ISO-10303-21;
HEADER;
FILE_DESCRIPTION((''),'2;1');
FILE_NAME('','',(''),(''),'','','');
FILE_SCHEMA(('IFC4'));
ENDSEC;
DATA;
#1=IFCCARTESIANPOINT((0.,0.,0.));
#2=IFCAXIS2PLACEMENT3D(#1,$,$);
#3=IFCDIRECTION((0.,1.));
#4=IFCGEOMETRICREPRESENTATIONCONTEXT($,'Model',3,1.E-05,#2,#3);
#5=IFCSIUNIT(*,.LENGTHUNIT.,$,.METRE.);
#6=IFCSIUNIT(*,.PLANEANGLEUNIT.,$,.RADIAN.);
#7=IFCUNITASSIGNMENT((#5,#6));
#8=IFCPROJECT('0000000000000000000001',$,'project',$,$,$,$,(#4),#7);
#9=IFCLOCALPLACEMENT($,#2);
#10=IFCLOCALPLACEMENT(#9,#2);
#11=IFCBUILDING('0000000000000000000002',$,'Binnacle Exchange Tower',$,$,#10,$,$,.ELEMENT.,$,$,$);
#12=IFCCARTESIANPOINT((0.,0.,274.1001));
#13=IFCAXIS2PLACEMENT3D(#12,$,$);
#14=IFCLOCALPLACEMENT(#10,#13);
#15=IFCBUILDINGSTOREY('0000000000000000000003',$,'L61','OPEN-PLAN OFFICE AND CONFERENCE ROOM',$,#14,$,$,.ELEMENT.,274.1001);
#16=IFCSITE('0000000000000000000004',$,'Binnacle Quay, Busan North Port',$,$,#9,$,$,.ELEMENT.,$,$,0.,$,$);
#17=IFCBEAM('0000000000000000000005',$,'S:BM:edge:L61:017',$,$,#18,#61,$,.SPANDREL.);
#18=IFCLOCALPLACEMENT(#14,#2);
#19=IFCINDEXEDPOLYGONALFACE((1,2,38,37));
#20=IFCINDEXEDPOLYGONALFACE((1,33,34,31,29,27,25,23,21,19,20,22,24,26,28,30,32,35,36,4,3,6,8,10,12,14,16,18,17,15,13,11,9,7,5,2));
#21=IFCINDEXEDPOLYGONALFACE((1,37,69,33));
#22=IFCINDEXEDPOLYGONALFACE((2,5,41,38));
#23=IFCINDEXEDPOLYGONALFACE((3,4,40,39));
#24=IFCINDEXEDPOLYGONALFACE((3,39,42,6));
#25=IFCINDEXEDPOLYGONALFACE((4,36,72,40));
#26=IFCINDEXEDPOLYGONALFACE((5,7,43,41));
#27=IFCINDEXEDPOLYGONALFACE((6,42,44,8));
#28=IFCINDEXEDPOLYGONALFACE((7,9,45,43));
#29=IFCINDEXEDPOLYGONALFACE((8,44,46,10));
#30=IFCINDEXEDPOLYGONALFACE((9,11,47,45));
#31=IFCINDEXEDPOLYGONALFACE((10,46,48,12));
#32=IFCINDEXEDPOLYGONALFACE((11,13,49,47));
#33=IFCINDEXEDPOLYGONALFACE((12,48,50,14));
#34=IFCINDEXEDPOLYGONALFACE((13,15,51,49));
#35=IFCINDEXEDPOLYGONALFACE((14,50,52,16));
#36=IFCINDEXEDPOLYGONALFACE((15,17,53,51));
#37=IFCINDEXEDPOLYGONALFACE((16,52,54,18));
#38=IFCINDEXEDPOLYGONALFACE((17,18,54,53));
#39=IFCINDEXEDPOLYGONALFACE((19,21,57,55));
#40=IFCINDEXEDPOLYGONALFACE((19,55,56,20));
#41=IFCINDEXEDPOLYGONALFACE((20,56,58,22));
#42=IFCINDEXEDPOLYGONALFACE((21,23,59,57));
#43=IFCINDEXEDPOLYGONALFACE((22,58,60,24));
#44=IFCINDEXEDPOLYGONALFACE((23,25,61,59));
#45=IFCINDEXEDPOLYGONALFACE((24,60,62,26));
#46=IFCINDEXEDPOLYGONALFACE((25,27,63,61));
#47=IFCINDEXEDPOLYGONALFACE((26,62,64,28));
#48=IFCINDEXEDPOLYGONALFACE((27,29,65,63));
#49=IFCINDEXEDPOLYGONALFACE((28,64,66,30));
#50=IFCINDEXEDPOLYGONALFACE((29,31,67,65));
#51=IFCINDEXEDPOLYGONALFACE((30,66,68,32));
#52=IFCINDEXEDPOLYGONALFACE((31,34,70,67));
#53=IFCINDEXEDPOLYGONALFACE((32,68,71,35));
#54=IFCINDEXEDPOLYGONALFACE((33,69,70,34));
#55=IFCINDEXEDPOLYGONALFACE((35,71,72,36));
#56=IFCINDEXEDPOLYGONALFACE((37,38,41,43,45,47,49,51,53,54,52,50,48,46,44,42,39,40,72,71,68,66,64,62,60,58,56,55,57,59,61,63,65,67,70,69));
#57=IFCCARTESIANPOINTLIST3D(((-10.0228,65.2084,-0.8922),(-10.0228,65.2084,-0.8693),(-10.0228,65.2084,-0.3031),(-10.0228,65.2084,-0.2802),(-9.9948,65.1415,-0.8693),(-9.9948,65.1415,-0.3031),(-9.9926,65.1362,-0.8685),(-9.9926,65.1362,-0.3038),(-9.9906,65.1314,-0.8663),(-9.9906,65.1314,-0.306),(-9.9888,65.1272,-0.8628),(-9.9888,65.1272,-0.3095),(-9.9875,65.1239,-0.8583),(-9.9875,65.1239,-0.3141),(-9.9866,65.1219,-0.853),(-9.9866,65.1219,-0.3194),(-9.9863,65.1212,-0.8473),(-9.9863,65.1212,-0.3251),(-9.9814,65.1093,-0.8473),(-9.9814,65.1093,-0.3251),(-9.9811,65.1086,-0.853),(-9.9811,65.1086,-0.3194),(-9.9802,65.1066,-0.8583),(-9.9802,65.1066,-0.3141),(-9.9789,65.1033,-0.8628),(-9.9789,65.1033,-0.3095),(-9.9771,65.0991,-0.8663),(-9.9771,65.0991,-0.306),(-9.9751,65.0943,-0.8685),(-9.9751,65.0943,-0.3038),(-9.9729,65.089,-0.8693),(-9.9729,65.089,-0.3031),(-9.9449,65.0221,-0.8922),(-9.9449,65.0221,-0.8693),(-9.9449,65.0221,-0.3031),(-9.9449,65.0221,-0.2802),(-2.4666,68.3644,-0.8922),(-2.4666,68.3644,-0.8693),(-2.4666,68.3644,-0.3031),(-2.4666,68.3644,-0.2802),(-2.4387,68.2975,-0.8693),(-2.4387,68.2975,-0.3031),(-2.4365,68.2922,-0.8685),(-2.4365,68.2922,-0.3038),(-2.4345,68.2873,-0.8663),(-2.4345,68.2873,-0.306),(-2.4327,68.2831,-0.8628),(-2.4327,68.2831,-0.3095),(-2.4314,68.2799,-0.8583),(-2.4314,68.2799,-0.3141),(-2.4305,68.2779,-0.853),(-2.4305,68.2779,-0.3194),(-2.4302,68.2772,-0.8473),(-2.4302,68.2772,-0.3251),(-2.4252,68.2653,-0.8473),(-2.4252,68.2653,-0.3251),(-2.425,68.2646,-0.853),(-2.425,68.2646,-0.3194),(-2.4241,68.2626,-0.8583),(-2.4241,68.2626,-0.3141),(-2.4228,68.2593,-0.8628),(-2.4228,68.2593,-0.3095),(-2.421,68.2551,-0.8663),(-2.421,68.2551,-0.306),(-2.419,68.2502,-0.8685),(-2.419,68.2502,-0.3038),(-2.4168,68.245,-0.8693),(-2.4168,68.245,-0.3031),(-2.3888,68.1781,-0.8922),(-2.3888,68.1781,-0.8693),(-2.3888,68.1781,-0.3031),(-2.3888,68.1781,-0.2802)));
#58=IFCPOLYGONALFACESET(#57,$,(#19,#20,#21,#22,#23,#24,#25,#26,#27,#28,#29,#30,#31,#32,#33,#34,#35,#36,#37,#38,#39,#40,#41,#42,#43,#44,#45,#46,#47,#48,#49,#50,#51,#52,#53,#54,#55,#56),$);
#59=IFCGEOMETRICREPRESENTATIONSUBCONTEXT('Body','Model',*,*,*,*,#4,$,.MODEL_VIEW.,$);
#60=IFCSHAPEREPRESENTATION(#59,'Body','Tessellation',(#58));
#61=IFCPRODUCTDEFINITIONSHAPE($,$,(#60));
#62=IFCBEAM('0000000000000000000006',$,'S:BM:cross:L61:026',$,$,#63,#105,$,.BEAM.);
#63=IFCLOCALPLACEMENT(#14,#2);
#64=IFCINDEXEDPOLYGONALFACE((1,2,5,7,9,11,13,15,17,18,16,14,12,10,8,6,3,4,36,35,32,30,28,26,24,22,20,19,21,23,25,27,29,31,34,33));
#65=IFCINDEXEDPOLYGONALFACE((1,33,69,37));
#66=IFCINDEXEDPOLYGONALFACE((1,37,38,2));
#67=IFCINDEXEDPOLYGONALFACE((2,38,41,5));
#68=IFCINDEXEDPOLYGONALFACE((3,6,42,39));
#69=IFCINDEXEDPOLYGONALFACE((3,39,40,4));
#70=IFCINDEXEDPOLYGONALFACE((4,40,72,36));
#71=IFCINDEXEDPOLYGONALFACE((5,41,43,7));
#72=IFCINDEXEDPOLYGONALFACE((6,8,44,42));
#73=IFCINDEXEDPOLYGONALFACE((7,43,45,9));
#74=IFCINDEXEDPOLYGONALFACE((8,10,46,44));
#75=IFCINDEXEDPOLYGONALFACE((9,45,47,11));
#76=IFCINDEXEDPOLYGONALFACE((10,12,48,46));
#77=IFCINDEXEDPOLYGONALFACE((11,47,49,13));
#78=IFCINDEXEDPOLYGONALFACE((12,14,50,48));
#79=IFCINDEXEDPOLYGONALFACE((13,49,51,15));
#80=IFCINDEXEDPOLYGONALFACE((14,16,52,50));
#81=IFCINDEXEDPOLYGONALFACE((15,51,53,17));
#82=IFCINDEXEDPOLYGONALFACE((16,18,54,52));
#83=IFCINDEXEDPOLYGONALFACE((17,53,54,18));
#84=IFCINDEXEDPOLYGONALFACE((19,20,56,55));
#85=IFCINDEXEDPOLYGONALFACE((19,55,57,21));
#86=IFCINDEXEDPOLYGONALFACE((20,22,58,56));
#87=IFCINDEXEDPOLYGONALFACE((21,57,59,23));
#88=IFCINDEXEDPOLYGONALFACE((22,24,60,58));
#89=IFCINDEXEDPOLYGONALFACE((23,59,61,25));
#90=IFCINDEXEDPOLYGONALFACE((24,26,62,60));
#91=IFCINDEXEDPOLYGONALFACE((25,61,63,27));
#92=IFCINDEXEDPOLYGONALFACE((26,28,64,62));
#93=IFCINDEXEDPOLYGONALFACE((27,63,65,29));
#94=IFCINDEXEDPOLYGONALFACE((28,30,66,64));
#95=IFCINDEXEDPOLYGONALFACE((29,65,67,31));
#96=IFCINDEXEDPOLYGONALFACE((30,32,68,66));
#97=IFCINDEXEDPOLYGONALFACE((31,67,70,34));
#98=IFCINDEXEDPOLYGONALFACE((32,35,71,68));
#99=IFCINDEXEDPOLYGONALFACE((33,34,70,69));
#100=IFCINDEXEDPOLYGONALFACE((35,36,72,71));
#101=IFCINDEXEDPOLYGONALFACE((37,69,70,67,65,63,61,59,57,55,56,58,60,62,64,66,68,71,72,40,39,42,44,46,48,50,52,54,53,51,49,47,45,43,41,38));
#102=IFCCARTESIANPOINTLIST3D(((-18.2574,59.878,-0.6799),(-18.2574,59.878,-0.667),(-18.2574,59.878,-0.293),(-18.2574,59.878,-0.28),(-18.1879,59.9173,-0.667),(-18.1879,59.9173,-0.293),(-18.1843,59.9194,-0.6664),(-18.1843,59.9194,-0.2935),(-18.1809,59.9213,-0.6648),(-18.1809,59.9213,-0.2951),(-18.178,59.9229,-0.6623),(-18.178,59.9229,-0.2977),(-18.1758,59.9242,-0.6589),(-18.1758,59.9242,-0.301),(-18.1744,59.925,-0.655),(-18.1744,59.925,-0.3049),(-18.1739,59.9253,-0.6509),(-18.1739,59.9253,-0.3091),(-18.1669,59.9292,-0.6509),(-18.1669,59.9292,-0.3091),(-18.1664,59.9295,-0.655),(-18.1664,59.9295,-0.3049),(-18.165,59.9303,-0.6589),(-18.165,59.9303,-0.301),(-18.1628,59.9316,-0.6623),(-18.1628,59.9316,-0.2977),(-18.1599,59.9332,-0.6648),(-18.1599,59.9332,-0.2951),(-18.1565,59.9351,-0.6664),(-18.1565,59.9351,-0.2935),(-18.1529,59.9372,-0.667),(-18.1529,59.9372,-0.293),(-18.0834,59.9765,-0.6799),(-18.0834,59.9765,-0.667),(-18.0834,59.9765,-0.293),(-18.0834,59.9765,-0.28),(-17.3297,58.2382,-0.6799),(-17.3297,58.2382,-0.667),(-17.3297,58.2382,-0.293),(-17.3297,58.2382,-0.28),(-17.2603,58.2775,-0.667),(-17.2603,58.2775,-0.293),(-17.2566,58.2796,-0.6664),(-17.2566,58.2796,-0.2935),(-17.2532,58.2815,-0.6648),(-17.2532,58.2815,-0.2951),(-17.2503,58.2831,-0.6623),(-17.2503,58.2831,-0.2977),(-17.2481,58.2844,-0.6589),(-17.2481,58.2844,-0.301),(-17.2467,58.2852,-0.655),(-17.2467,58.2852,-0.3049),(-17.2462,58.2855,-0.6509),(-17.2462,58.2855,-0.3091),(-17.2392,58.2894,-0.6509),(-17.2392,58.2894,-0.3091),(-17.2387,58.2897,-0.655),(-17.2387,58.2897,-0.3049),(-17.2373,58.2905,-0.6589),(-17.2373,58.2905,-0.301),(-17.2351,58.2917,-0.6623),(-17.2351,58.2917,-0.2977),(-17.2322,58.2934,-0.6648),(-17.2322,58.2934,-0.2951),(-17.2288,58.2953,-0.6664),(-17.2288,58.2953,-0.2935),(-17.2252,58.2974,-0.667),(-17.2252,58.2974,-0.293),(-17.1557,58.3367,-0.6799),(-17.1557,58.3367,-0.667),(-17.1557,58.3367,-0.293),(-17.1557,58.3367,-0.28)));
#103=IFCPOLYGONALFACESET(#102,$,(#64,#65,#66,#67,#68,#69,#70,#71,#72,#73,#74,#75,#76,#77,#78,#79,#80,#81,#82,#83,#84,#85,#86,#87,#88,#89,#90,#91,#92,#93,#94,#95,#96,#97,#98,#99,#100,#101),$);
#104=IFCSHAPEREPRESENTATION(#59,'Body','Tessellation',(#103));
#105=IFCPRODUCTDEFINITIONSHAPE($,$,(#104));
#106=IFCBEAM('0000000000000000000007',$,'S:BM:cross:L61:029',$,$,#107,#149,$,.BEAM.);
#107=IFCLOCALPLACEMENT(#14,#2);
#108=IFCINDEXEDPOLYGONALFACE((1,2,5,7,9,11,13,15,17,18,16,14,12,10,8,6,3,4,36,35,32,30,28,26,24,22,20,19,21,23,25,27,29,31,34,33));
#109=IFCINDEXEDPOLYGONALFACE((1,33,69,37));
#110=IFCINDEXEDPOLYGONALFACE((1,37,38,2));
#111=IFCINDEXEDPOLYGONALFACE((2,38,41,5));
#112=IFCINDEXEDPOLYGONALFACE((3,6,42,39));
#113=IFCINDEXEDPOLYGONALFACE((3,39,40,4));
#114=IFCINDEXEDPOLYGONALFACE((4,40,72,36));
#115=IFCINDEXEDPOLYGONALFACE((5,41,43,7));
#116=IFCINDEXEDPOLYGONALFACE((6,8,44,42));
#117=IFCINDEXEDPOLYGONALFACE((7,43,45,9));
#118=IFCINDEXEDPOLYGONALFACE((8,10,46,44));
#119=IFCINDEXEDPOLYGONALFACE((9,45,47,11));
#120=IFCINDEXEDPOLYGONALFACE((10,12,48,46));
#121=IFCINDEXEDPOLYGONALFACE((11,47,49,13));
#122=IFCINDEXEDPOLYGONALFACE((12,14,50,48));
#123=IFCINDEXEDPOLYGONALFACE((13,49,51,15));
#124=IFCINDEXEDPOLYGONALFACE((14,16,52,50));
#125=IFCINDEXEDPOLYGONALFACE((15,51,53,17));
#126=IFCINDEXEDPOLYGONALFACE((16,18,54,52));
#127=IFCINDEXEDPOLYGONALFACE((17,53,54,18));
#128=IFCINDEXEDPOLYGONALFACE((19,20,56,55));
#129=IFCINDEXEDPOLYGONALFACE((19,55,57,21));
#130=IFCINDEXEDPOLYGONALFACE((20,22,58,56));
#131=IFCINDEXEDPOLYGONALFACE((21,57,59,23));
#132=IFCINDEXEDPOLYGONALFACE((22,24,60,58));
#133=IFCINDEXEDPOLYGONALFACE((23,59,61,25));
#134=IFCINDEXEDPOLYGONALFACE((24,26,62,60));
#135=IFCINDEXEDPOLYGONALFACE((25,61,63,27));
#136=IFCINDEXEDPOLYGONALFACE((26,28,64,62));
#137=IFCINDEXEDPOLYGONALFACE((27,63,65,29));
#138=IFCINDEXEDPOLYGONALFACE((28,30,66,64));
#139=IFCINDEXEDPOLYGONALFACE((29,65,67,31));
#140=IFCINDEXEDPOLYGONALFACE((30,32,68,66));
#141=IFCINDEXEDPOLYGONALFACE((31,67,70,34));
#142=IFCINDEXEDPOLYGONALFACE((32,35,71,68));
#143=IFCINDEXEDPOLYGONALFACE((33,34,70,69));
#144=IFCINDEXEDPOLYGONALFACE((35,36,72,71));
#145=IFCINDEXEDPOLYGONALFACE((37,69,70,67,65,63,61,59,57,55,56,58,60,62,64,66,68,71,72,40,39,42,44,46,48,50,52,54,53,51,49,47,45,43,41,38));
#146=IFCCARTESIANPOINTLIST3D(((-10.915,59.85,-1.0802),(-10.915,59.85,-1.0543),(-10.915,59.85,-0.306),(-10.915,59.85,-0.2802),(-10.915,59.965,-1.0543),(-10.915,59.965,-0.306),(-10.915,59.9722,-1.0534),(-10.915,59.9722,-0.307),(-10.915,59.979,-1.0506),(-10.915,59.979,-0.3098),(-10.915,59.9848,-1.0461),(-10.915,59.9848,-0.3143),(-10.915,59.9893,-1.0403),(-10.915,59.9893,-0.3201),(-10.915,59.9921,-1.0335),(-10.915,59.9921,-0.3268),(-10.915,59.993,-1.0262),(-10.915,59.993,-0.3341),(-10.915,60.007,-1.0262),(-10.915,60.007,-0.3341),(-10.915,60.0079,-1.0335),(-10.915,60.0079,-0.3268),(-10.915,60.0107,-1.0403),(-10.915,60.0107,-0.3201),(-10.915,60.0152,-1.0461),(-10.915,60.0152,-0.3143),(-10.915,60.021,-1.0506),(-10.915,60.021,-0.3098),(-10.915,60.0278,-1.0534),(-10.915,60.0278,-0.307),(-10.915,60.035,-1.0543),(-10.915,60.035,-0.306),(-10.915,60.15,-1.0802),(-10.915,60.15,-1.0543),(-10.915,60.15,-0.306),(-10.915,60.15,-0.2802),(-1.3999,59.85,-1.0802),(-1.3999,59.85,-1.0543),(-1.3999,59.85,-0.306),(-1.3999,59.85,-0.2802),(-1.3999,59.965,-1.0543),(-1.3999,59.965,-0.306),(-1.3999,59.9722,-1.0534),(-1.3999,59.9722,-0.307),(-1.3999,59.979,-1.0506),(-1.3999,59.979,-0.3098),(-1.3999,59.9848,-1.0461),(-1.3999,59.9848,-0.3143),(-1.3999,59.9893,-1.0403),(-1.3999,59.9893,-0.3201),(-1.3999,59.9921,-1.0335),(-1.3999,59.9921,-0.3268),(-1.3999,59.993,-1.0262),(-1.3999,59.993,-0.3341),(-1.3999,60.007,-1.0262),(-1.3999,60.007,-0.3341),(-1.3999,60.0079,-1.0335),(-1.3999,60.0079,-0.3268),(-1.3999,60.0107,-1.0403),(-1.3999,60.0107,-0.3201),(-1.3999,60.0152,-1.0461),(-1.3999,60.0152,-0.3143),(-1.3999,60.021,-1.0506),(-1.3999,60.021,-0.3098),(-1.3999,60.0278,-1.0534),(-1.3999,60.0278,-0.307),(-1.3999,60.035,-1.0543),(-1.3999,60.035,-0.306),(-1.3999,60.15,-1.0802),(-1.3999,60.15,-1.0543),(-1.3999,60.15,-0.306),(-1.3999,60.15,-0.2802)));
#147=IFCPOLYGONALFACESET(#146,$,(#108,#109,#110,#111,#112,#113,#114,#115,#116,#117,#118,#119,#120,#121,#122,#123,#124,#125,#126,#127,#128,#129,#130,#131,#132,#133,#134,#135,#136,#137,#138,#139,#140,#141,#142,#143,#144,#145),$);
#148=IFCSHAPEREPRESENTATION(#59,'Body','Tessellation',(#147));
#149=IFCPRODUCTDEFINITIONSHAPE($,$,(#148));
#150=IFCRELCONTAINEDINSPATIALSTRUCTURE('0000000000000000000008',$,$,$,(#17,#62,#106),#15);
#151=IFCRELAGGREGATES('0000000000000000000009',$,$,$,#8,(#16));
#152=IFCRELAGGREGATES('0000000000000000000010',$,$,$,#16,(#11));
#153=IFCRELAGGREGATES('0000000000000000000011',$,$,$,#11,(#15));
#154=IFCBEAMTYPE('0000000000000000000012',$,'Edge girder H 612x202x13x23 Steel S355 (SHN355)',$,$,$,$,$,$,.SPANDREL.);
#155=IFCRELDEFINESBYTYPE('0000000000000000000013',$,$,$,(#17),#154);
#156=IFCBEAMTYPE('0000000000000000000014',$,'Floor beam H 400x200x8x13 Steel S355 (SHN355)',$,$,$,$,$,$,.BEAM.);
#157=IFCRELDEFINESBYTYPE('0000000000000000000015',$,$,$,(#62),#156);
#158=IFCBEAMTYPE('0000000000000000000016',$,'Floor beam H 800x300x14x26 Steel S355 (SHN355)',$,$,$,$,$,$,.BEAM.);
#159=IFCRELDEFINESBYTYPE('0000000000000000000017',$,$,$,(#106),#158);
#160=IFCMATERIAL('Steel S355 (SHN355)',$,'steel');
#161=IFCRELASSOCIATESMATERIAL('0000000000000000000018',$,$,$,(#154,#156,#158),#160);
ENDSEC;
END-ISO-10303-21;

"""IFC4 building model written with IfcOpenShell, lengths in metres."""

from ifc_helpers import new_model, si_unit, direction, frame, origin, origin_2d, place, context, subcontext, project, spatial, i_section, extrude, material, material_profile, profile_set, type_object, element, save


model = new_model("IFC4")

# Units and contexts
model_context = context("Model", 3, precision=1e-05, world=origin(), true_north=direction((0.0, 1.0)))
body_context = subcontext(model_context, "Body", "Model", "MODEL_VIEW")
ifc_project = project(units=[si_unit("LENGTHUNIT", "METRE"), si_unit("PLANEANGLEUNIT", "RADIAN")], contexts=[model_context])

# Site, building, storey
site_placement = place(None, origin())
site = spatial("IfcSite", under=ifc_project, at=site_placement, Name="Binnacle Quay, Busan North Port", CompositionType="ELEMENT", RefElevation=0.0)
building_placement = place(site_placement, origin())
building = spatial("IfcBuilding", under=site, at=building_placement, Name="Binnacle Exchange Tower", CompositionType="ELEMENT")
storey_placement = place(building_placement, frame((0.0, 0.0, 274.1001)))
storey = spatial("IfcBuildingStorey", under=building, at=storey_placement, Name="L61", Description="OPEN-PLAN OFFICE AND CONFERENCE ROOM", CompositionType="ELEMENT", Elevation=274.1001)

# Beams
ifc_material_1 = material(Name="Steel S355 (SHN355)", Category="steel")
ifc_material_profile_1 = material_profile(ifc_material_1, i_section(OverallWidth=0.2019, OverallDepth=0.6121, WebThickness=0.0129, FlangeThickness=0.0229, FilletRadius=0.022, at=origin_2d()), Name="H 612x202x13x23")
ifc_profile_set_1 = profile_set([ifc_material_profile_1], Name="Steel S355 (SHN355)")
beam_type_1 = type_object("IfcBeamType", Name="Edge girder H 612x202x13x23 Steel S355 (SHN355)", PredefinedType="SPANDREL", material=ifc_profile_set_1)
beam_1_placement = place(storey_placement, frame((-2.4277, 68.2712, -0.5862), z_axis=(-0.922747, -0.385407, 0.0), x_axis=(0.385407, -0.922747, 0.0)))
element("IfcBeam", 1, at=beam_1_placement, inside=storey, type_object=beam_type_1, Name="S:BM:edge:L61:017", PredefinedType="SPANDREL", context=body_context, shape_type="SweptSolid", body=[
    extrude(i_section(OverallWidth=0.2019, OverallDepth=0.6121, WebThickness=0.0129, FlangeThickness=0.0229, FilletRadius=0.022, at=origin_2d()), origin(), (0.0, 0.0, 1.0), 8.1887),
])
ifc_material_profile_2 = material_profile(ifc_material_1, i_section(OverallWidth=0.2, OverallDepth=0.3999, WebThickness=0.0081, FlangeThickness=0.0129, FilletRadius=0.0161, at=origin_2d()), Name="H 400x200x8x13")
ifc_profile_set_2 = profile_set([ifc_material_profile_2], Name="Steel S355 (SHN355)")
beam_type_2 = type_object("IfcBeamType", Name="Floor beam H 400x200x8x13 Steel S355 (SHN355)", PredefinedType="BEAM", material=ifc_profile_set_2)
beam_2_placement = place(storey_placement, frame((-18.1704, 59.9272, -0.48), z_axis=(0.492395, -0.870372, 0.0), x_axis=(0.870372, 0.492395, 0.0)))
element("IfcBeam", 2, at=beam_2_placement, inside=storey, type_object=beam_type_2, Name="S:BM:cross:L61:026", PredefinedType="BEAM", context=body_context, shape_type="SweptSolid", body=[
    extrude(i_section(OverallWidth=0.2, OverallDepth=0.3999, WebThickness=0.0081, FlangeThickness=0.0129, FilletRadius=0.0161, at=origin_2d()), origin(), (0.0, 0.0, 1.0), 1.884),
])
ifc_material_profile_3 = material_profile(ifc_material_1, i_section(OverallWidth=0.3, OverallDepth=0.8, WebThickness=0.0139, FlangeThickness=0.0259, FilletRadius=0.0281, at=origin_2d()), Name="H 800x300x14x26")
ifc_profile_set_3 = profile_set([ifc_material_profile_3], Name="Steel S355 (SHN355)")
beam_type_3 = type_object("IfcBeamType", Name="Floor beam H 800x300x14x26 Steel S355 (SHN355)", PredefinedType="BEAM", material=ifc_profile_set_3)
beam_3_placement = place(storey_placement, frame((-1.3999, 60.0, -0.6802), z_axis=(-1.0, 0.0, 0.0), x_axis=(0.0, -1.0, 0.0)))
element("IfcBeam", 3, at=beam_3_placement, inside=storey, type_object=beam_type_3, Name="S:BM:cross:L61:029", PredefinedType="BEAM", context=body_context, shape_type="SweptSolid", body=[
    extrude(i_section(OverallWidth=0.3, OverallDepth=0.8, WebThickness=0.0139, FlangeThickness=0.0259, FilletRadius=0.0281, at=origin_2d()), origin(), (0.0, 0.0, 1.0), 9.5151),
])

save(model, "model.ifc")
